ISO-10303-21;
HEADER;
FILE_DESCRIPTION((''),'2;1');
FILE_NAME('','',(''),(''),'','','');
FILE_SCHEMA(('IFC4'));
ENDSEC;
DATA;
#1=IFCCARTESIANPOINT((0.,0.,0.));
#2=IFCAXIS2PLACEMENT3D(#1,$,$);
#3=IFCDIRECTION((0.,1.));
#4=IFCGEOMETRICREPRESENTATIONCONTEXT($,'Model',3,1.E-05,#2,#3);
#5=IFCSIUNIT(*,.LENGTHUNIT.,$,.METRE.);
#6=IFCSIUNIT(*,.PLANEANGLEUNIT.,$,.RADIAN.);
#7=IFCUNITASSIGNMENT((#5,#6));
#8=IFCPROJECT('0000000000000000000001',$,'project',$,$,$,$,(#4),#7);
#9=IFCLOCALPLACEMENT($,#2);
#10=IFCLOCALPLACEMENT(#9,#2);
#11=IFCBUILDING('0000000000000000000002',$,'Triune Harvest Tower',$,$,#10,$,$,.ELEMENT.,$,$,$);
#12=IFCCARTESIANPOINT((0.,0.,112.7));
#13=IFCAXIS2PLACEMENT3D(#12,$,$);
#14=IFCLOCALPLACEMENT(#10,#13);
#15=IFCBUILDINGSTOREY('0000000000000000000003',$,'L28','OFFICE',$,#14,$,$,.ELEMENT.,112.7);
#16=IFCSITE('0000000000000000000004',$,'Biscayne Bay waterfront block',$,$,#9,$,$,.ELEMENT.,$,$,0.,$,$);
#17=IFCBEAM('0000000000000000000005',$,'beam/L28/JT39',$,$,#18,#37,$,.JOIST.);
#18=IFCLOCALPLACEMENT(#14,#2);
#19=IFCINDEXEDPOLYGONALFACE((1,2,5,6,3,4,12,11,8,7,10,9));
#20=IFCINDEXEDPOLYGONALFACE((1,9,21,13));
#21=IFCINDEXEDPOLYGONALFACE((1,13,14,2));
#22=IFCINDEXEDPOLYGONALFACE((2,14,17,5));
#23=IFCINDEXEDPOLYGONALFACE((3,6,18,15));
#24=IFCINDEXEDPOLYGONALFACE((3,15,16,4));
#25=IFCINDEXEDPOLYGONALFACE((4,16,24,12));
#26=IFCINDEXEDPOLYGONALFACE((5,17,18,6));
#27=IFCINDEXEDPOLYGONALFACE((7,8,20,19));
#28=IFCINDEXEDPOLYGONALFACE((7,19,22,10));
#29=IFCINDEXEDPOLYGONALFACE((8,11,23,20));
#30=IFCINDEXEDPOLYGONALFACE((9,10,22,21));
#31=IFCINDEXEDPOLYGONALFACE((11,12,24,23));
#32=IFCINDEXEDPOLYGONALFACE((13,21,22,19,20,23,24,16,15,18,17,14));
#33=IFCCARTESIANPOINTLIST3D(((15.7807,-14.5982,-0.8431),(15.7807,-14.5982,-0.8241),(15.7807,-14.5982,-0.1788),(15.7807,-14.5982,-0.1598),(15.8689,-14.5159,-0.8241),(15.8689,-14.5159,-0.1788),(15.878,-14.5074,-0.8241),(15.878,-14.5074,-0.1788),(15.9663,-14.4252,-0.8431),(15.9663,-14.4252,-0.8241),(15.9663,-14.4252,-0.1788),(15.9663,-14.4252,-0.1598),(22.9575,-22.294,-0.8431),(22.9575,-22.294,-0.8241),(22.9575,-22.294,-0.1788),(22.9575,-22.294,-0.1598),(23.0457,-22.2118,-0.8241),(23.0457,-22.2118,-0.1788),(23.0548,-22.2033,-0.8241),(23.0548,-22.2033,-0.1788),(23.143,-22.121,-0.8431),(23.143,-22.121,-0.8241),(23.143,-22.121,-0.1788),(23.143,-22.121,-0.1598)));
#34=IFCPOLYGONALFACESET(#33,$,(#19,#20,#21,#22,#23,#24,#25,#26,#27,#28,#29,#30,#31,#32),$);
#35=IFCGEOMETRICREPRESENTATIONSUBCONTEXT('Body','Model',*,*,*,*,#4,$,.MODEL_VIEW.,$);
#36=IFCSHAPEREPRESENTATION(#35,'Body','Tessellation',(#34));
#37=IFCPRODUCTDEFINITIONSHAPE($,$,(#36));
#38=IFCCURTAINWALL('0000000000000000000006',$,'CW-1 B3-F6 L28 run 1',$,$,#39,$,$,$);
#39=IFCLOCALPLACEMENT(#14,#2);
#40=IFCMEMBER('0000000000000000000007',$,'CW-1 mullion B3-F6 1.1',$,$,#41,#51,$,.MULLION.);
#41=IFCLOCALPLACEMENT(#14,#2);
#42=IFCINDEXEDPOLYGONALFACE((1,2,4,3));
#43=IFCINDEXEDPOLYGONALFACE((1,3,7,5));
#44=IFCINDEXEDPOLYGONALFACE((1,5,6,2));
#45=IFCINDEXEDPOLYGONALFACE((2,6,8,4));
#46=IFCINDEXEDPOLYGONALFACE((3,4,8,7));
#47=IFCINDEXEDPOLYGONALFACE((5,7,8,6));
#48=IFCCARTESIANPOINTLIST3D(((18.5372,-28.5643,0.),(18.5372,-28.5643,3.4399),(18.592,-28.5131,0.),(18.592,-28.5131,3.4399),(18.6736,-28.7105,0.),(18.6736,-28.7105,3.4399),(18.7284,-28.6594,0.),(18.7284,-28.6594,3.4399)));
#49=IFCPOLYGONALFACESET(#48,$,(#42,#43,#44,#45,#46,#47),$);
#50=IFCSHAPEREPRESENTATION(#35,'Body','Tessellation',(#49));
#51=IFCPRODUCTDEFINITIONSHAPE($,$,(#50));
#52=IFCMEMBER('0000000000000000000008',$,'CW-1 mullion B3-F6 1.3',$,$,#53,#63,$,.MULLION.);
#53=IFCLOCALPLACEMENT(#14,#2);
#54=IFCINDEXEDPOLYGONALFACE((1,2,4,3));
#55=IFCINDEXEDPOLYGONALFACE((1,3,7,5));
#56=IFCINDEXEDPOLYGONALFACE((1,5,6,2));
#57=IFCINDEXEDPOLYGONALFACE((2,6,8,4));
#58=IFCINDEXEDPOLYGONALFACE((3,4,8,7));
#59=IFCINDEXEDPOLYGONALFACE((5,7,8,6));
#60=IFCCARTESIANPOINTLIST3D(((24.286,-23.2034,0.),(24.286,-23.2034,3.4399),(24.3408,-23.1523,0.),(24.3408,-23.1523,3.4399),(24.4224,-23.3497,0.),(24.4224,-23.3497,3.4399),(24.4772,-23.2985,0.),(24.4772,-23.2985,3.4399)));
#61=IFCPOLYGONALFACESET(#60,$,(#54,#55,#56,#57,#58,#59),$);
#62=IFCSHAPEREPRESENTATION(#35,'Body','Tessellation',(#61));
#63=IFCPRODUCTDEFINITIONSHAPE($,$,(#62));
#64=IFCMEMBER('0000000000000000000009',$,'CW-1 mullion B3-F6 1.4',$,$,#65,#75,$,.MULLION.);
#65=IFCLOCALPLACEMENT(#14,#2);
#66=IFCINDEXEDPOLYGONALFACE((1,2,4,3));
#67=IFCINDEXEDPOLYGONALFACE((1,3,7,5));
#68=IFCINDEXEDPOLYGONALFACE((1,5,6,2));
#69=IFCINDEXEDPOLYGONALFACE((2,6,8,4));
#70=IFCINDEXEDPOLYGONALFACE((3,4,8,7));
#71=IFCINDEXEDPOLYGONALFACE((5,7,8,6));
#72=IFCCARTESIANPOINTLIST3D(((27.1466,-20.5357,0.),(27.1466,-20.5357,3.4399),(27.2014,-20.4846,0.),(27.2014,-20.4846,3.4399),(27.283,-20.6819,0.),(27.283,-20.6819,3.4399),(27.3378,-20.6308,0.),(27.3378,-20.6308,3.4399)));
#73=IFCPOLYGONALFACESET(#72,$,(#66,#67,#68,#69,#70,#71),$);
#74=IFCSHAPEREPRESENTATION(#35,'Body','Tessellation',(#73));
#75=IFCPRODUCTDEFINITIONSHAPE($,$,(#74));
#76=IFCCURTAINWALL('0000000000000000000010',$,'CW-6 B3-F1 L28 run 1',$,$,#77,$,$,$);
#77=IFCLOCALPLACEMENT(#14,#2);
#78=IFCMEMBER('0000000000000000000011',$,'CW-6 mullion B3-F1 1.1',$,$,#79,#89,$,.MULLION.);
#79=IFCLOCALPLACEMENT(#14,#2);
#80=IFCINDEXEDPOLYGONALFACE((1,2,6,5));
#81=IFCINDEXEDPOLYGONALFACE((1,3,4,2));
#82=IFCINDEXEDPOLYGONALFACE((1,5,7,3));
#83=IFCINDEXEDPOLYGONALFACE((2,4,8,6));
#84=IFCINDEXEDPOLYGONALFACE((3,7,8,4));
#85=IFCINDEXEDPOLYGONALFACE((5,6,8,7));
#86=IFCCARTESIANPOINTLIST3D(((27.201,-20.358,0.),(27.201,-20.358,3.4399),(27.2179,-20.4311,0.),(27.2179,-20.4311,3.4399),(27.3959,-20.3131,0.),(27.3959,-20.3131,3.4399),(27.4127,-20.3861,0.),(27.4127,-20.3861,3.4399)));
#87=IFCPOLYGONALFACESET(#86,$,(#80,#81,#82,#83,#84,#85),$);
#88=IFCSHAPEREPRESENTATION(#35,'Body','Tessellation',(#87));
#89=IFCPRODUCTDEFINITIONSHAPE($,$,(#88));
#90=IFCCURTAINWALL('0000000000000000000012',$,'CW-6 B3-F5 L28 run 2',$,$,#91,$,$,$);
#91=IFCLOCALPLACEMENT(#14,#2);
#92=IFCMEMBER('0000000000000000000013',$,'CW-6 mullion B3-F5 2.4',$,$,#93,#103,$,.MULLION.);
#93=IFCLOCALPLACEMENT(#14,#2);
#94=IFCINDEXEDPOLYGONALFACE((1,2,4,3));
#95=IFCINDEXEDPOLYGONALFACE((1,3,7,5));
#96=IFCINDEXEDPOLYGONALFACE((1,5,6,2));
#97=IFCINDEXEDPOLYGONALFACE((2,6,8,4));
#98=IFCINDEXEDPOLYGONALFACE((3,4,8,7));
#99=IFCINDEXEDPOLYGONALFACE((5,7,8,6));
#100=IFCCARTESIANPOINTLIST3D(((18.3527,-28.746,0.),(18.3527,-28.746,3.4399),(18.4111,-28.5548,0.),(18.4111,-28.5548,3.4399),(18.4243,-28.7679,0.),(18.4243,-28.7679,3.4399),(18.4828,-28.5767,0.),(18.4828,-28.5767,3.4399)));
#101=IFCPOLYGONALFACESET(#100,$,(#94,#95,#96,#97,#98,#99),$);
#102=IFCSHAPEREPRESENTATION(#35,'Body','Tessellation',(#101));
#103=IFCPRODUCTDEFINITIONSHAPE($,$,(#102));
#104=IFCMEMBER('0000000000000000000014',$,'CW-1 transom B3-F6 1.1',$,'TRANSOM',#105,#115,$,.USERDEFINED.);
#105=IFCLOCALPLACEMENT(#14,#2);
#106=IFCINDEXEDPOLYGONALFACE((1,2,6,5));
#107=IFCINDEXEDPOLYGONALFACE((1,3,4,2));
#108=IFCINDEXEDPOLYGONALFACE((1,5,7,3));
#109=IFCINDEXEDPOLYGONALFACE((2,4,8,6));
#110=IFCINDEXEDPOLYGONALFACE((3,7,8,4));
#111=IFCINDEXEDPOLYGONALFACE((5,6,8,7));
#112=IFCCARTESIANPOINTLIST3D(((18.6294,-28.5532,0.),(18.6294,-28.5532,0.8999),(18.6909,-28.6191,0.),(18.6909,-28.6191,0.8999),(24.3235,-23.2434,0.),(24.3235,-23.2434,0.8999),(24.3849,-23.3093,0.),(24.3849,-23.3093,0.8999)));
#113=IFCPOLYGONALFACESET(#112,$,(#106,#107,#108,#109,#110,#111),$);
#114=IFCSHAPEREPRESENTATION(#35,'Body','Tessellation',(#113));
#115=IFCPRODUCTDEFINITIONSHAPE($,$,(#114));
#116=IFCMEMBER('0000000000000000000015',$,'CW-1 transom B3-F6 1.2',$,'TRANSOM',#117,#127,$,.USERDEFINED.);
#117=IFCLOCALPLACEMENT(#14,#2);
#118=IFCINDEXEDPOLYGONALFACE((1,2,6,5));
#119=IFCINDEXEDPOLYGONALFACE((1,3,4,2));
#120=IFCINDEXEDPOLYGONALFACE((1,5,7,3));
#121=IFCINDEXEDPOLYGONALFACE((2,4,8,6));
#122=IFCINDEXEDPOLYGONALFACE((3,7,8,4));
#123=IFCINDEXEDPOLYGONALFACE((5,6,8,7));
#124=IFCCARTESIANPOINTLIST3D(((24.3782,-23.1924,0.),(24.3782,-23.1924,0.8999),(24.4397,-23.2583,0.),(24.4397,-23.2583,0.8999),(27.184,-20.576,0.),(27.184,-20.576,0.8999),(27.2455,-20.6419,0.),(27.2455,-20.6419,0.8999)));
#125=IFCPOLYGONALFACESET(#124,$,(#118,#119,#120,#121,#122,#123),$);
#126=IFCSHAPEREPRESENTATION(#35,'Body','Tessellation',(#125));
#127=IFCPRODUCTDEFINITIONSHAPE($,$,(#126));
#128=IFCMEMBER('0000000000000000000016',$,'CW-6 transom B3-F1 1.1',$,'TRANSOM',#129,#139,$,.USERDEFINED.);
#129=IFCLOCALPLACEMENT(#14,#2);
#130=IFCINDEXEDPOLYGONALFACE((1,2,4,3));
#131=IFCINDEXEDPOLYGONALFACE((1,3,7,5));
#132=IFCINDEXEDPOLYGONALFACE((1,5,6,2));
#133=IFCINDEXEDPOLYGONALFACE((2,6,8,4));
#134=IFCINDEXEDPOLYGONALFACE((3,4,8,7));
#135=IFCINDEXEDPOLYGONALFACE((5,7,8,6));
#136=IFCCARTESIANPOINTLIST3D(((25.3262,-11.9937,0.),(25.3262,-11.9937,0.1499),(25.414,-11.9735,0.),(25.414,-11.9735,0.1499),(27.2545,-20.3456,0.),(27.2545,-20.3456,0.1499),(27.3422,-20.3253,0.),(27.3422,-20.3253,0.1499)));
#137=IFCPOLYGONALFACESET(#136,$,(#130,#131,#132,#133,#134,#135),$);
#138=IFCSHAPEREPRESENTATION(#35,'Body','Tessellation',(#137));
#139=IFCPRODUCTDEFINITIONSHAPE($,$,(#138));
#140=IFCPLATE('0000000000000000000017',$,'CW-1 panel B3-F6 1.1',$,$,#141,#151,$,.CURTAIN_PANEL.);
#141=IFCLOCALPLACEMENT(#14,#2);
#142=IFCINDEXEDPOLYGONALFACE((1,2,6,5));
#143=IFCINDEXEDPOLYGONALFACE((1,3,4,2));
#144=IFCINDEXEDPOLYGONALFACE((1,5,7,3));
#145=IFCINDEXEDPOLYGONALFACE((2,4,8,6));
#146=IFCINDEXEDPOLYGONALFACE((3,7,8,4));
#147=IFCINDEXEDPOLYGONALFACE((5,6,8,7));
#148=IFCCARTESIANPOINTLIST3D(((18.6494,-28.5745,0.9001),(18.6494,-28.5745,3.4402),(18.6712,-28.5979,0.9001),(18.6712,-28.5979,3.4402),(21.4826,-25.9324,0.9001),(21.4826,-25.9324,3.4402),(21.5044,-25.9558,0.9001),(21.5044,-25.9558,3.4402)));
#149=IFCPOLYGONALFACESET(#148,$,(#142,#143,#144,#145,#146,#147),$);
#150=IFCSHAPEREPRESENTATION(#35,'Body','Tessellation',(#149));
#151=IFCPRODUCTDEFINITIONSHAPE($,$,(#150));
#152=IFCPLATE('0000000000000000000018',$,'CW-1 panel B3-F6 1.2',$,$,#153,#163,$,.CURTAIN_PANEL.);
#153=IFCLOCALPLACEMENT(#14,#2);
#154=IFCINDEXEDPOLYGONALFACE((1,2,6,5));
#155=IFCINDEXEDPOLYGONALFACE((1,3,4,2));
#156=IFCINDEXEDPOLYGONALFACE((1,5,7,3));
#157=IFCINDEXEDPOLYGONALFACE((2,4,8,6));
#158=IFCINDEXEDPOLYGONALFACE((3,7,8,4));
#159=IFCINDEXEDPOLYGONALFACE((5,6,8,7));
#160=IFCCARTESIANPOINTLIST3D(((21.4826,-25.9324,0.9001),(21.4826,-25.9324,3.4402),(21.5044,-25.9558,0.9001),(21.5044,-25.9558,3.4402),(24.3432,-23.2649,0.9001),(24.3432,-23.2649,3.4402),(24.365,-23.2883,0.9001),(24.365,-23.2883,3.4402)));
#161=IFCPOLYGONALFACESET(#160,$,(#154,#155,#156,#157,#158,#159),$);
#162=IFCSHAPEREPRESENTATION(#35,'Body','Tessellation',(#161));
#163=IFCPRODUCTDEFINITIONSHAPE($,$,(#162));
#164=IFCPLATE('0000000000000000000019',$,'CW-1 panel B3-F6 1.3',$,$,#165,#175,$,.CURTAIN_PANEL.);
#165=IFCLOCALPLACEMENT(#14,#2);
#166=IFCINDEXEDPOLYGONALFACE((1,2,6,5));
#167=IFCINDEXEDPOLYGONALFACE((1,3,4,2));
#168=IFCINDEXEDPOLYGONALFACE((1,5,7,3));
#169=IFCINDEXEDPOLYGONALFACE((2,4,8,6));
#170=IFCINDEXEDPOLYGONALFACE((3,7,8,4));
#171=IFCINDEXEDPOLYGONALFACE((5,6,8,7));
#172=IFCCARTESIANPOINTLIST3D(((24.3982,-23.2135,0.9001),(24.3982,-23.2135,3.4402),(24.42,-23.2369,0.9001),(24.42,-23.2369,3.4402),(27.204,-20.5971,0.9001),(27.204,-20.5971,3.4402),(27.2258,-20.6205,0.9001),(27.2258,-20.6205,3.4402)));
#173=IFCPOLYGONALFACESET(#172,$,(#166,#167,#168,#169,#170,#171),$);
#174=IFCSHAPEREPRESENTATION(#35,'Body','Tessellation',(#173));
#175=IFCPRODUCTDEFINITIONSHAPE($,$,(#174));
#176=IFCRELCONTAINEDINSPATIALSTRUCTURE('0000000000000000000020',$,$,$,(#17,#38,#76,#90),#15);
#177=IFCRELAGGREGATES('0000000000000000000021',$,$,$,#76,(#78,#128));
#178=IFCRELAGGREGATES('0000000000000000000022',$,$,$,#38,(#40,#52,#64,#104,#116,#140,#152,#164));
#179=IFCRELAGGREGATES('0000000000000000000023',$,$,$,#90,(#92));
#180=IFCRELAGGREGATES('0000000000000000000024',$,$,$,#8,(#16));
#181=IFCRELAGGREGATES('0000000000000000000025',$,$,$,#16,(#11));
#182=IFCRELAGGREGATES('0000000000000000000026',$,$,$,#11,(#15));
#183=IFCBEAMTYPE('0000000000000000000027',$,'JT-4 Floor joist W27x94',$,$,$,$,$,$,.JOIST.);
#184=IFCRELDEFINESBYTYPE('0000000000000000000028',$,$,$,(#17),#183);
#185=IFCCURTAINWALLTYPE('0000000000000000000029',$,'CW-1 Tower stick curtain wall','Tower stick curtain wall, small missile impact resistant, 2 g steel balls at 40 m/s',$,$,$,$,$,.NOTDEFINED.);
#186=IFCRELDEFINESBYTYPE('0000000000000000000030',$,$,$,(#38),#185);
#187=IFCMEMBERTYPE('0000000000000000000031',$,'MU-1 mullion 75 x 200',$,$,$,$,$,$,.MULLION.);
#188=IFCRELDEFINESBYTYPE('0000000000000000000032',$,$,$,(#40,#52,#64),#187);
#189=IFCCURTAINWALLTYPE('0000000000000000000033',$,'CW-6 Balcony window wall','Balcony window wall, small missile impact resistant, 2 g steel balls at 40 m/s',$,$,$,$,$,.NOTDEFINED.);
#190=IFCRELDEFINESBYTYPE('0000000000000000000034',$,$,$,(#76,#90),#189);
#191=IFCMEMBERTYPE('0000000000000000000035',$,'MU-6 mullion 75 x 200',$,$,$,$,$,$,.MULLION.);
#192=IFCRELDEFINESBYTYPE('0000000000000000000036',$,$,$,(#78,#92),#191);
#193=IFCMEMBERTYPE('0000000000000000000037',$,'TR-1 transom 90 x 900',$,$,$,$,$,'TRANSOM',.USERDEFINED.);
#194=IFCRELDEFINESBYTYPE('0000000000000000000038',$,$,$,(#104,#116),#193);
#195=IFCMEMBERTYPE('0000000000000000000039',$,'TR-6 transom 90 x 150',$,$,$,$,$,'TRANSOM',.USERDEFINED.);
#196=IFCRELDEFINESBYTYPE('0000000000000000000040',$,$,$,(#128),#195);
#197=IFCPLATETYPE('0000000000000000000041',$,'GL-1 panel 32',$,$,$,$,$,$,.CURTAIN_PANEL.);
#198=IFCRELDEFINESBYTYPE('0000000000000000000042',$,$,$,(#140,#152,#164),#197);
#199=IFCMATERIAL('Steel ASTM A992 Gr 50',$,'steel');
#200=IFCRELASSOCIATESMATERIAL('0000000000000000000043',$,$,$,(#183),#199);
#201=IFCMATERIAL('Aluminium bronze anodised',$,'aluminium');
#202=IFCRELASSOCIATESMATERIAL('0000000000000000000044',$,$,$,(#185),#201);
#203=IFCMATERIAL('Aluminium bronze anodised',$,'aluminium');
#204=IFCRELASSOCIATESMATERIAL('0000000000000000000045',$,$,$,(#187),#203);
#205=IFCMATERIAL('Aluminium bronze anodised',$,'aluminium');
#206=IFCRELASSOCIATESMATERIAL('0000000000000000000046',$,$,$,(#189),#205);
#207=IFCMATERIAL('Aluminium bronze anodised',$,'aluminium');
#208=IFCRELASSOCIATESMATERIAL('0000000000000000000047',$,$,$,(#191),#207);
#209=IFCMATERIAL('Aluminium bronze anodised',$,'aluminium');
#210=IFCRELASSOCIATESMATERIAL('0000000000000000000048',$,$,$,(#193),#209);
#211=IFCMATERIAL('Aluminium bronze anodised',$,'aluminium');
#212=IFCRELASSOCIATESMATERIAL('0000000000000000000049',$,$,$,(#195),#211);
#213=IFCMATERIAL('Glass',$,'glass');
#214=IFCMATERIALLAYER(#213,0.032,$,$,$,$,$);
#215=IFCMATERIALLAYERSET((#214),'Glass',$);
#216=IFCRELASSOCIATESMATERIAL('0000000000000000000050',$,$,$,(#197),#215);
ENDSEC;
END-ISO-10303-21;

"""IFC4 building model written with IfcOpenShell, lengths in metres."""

from ifc_helpers import new_model, si_unit, direction, frame, origin, origin_2d, place, context, subcontext, project, spatial, rectangle, i_section, extrude, source, transform, mapped, material, layer, layer_set, material_profile, profile_set, type_object, element, aggregate, save


model = new_model("IFC4")

# Units and contexts
model_context = context("Model", 3, precision=1e-05, world=origin(), true_north=direction((0.0, 1.0)))
body_context = subcontext(model_context, "Body", "Model", "MODEL_VIEW")
ifc_project = project(units=[si_unit("LENGTHUNIT", "METRE"), si_unit("PLANEANGLEUNIT", "RADIAN")], contexts=[model_context])

# Site, building, storey
site_placement = place(None, origin())
site = spatial("IfcSite", under=ifc_project, at=site_placement, Name="Biscayne Bay waterfront block", CompositionType="ELEMENT", RefElevation=0.0)
building_placement = place(site_placement, origin())
building = spatial("IfcBuilding", under=site, at=building_placement, Name="Triune Harvest Tower", CompositionType="ELEMENT")
storey_placement = place(building_placement, frame((0.0, 0.0, 112.7)))
storey = spatial("IfcBuildingStorey", under=building, at=storey_placement, Name="L28", Description="OFFICE", CompositionType="ELEMENT", Elevation=112.7)

# Beam
ifc_material_1 = material(Name="Steel ASTM A992 Gr 50", Category="steel")
ifc_material_profile_1 = material_profile(ifc_material_1, i_section(OverallWidth=0.2537, OverallDepth=0.6833, WebThickness=0.0125, FlangeThickness=0.019, at=origin_2d()), Name="W27x94")
ifc_profile_set_1 = profile_set([ifc_material_profile_1], Name="Steel ASTM A992 Gr 50")
beam_type_1 = type_object("IfcBeamType", Name="JT-4 Floor joist W27x94", PredefinedType="JOIST", material=ifc_profile_set_1)
shared_shape_1 = source(origin(), body_context, "Body", "SweptSolid", [
    extrude(i_section(OverallWidth=0.2537, OverallDepth=0.6833, WebThickness=0.0125, FlangeThickness=0.019, at=origin_2d()), origin(), (0.0, 0.0, 1.0), 10.5229),
])
beam_1_placement = place(storey_placement, frame((23.0503, -22.2075, -0.5015), z_axis=(-0.682014, 0.731339, 0.0), x_axis=(-0.731339, -0.682014, 0.0)))
element("IfcBeam", 1, at=beam_1_placement, inside=storey, type_object=beam_type_1, Name="beam/L28/JT39", PredefinedType="JOIST", context=body_context, shape_type="MappedRepresentation", body=[
    mapped(shared_shape_1, transform((0.0, 0.0, 0.0), scale=1.0)),
])

# Curtain wall, members
ifc_material_2 = material(Name="Aluminium bronze anodised", Category="aluminium")
curtain_wall_type_1 = type_object("IfcCurtainWallType", Name="CW-1 Tower stick curtain wall", Description="Tower stick curtain wall, small missile impact resistant, 2 g steel balls at 40 m/s", PredefinedType="NOTDEFINED", material=ifc_material_2)
curtain_wall_1_placement = place(storey_placement, origin())
curtain_wall_1 = element("IfcCurtainWall", 2, at=curtain_wall_1_placement, inside=storey, type_object=curtain_wall_type_1, Name="CW-1 B3-F6 L28 run 1")
ifc_material_3 = material(Name="Aluminium bronze anodised", Category="aluminium")
ifc_material_profile_2 = material_profile(ifc_material_3, rectangle(XDim=0.2, YDim=0.075, at=origin_2d()), Name="MU-1 mullion 75 x 200")
ifc_profile_set_2 = profile_set([ifc_material_profile_2], Name="Aluminium bronze anodised")
member_type_1 = type_object("IfcMemberType", Name="MU-1 mullion 75 x 200", PredefinedType="MULLION", material=ifc_profile_set_2)
shared_shape_2 = source(origin(), body_context, "Body", "SweptSolid", [
    extrude(rectangle(XDim=0.2, YDim=0.075, at=origin_2d()), origin(), (0.0, 0.0, 1.0), 3.4399),
])
member_1_placement = place(storey_placement, frame((18.6328, -28.6118, 0.0), z_axis=(0.0, 0.0, 1.0), x_axis=(-0.682002, 0.73135, 0.0)))
member_1 = element("IfcMember", 3, at=member_1_placement, type_object=member_type_1, Name="CW-1 mullion B3-F6 1.1", PredefinedType="MULLION", context=body_context, shape_type="MappedRepresentation", body=[
    mapped(shared_shape_2, transform((0.0, 0.0, 0.0), scale=1.0)),
])
member_2_placement = place(storey_placement, frame((24.3816, -23.251, 0.0), z_axis=(0.0, 0.0, 1.0), x_axis=(-0.682002, 0.73135, 0.0)))
member_2 = element("IfcMember", 4, at=member_2_placement, type_object=member_type_1, Name="CW-1 mullion B3-F6 1.3", PredefinedType="MULLION", context=body_context, shape_type="MappedRepresentation", body=[
    mapped(shared_shape_2, transform((0.0, 0.0, 0.0), scale=1.0)),
])
member_3_placement = place(storey_placement, frame((27.2422, -20.5833, 0.0), z_axis=(0.0, 0.0, 1.0), x_axis=(-0.682002, 0.73135, 0.0)))
member_3 = element("IfcMember", 5, at=member_3_placement, type_object=member_type_1, Name="CW-1 mullion B3-F6 1.4", PredefinedType="MULLION", context=body_context, shape_type="MappedRepresentation", body=[
    mapped(shared_shape_2, transform((0.0, 0.0, 0.0), scale=1.0)),
])

# Curtain walls, members
ifc_material_4 = material(Name="Aluminium bronze anodised", Category="aluminium")
curtain_wall_type_2 = type_object("IfcCurtainWallType", Name="CW-6 Balcony window wall", Description="Balcony window wall, small missile impact resistant, 2 g steel balls at 40 m/s", PredefinedType="NOTDEFINED", material=ifc_material_4)
curtain_wall_2_placement = place(storey_placement, origin())
curtain_wall_2 = element("IfcCurtainWall", 6, at=curtain_wall_2_placement, inside=storey, type_object=curtain_wall_type_2, Name="CW-6 B3-F1 L28 run 1")
ifc_material_5 = material(Name="Aluminium bronze anodised", Category="aluminium")
ifc_material_profile_3 = material_profile(ifc_material_5, rectangle(XDim=0.2, YDim=0.075, at=origin_2d()), Name="MU-6 mullion 75 x 200")
ifc_profile_set_3 = profile_set([ifc_material_profile_3], Name="Aluminium bronze anodised")
member_type_2 = type_object("IfcMemberType", Name="MU-6 mullion 75 x 200", PredefinedType="MULLION", material=ifc_profile_set_3)
shared_shape_3 = source(origin(), body_context, "Body", "SweptSolid", [
    extrude(rectangle(XDim=0.2, YDim=0.075, at=origin_2d()), origin(), (0.0, 0.0, 1.0), 3.4399),
])
member_4_placement = place(storey_placement, frame((27.3069, -20.3721, 0.0), z_axis=(0.0, 0.0, 1.0), x_axis=(-0.97437, -0.22495, 0.0)))
member_4 = element("IfcMember", 7, at=member_4_placement, type_object=member_type_2, Name="CW-6 mullion B3-F1 1.1", PredefinedType="MULLION", context=body_context, shape_type="MappedRepresentation", body=[
    mapped(shared_shape_3, transform((0.0, 0.0, 0.0), scale=1.0)),
])
curtain_wall_3_placement = place(storey_placement, origin())
curtain_wall_3 = element("IfcCurtainWall", 8, at=curtain_wall_3_placement, inside=storey, type_object=curtain_wall_type_2, Name="CW-6 B3-F5 L28 run 2")
member_5_placement = place(storey_placement, frame((18.4177, -28.6614, 0.0), z_axis=(0.0, 0.0, 1.0), x_axis=(0.292373, 0.956304, 0.0)))
member_5 = element("IfcMember", 9, at=member_5_placement, type_object=member_type_2, Name="CW-6 mullion B3-F5 2.4", PredefinedType="MULLION", context=body_context, shape_type="MappedRepresentation", body=[
    mapped(shared_shape_3, transform((0.0, 0.0, 0.0), scale=1.0)),
])

# Members
ifc_material_6 = material(Name="Aluminium bronze anodised", Category="aluminium")
ifc_material_profile_4 = material_profile(ifc_material_6, rectangle(XDim=0.0901, YDim=0.8999, at=origin_2d()), Name="TR-1 transom 90 x 900")
ifc_profile_set_4 = profile_set([ifc_material_profile_4], Name="Aluminium bronze anodised")
member_type_3 = type_object("IfcMemberType", Name="TR-1 transom 90 x 900", ElementType="TRANSOM", PredefinedType="USERDEFINED", material=ifc_profile_set_4)
shared_shape_4 = source(origin(), body_context, "Body", "SweptSolid", [
    extrude(rectangle(XDim=0.0901, YDim=0.8999, at=origin_2d()), origin(), (0.0, 0.0, 1.0), 7.7856),
])
member_6_placement = place(storey_placement, frame((18.6602, -28.5862, 0.45), z_axis=(0.731354, 0.681998, 0.0), x_axis=(-0.681998, 0.731354, 0.0)))
member_6 = element("IfcMember", 10, at=member_6_placement, type_object=member_type_3, Name="CW-1 transom B3-F6 1.1", ObjectType="TRANSOM", PredefinedType="USERDEFINED", context=body_context, shape_type="MappedRepresentation", body=[
    mapped(shared_shape_4, transform((0.0, 0.0, 0.0), scale=1.0)),
])
shared_shape_5 = source(origin(), body_context, "Body", "SweptSolid", [
    extrude(rectangle(XDim=0.0901, YDim=0.8999, at=origin_2d()), origin(), (0.0, 0.0, 1.0), 3.8364),
])
member_7_placement = place(storey_placement, frame((24.4089, -23.2253, 0.45), z_axis=(0.731366, 0.681985, 0.0), x_axis=(-0.681985, 0.731366, 0.0)))
member_7 = element("IfcMember", 11, at=member_7_placement, type_object=member_type_3, Name="CW-1 transom B3-F6 1.2", ObjectType="TRANSOM", PredefinedType="USERDEFINED", context=body_context, shape_type="MappedRepresentation", body=[
    mapped(shared_shape_5, transform((0.0, 0.0, 0.0), scale=1.0)),
])
ifc_material_7 = material(Name="Aluminium bronze anodised", Category="aluminium")
ifc_material_profile_5 = material_profile(ifc_material_7, rectangle(XDim=0.0901, YDim=0.1499, at=origin_2d()), Name="TR-6 transom 90 x 150")
ifc_profile_set_5 = profile_set([ifc_material_profile_5], Name="Aluminium bronze anodised")
member_type_4 = type_object("IfcMemberType", Name="TR-6 transom 90 x 150", ElementType="TRANSOM", PredefinedType="USERDEFINED", material=ifc_profile_set_5)
shared_shape_6 = source(origin(), body_context, "Body", "SweptSolid", [
    extrude(rectangle(XDim=0.0901, YDim=0.1499, at=origin_2d()), origin(), (0.0, 0.0, 1.0), 8.5715),
])
member_8_placement = place(storey_placement, frame((27.2983, -20.3354, 0.075), z_axis=(-0.224957, 0.974369, 0.0), x_axis=(-0.974369, -0.224957, 0.0)))
member_8 = element("IfcMember", 12, at=member_8_placement, type_object=member_type_4, Name="CW-6 transom B3-F1 1.1", ObjectType="TRANSOM", PredefinedType="USERDEFINED", context=body_context, shape_type="MappedRepresentation", body=[
    mapped(shared_shape_6, transform((0.0, 0.0, 0.0), scale=1.0)),
])
aggregate(curtain_wall_2, [member_4, member_8])

# Plates
ifc_material_8 = material(Name="Glass", Category="glass")
ifc_layer_1 = layer(ifc_material_8, 0.032)
ifc_layer_set_1 = layer_set([ifc_layer_1], Name="Glass")
plate_type_1 = type_object("IfcPlateType", Name="GL-1 panel 32", PredefinedType="CURTAIN_PANEL", material=ifc_layer_set_1)
shared_shape_7 = source(origin(), body_context, "Body", "SweptSolid", [
    extrude(rectangle(XDim=3.874, YDim=0.032, at=origin_2d()), origin(), (0.0, 0.0, 1.0), 2.54),
])
plate_1_placement = place(storey_placement, frame((20.0769, -27.2651, 0.9001), z_axis=(0.0, 0.0, 1.0), x_axis=(0.73135, 0.682002, 0.0)))
plate_1 = element("IfcPlate", 13, at=plate_1_placement, type_object=plate_type_1, Name="CW-1 panel B3-F6 1.1", PredefinedType="CURTAIN_PANEL", context=body_context, shape_type="MappedRepresentation", body=[
    mapped(shared_shape_7, transform((0.0, 0.0, 0.0), scale=1.0)),
])
shared_shape_8 = source(origin(), body_context, "Body", "SweptSolid", [
    extrude(rectangle(XDim=3.9114, YDim=0.032, at=origin_2d()), origin(), (0.0, 0.0, 1.0), 2.54),
])
plate_2_placement = place(storey_placement, frame((22.9238, -24.6104, 0.9001), z_axis=(0.0, 0.0, 1.0), x_axis=(0.73135, 0.682002, 0.0)))
plate_2 = element("IfcPlate", 14, at=plate_2_placement, type_object=plate_type_1, Name="CW-1 panel B3-F6 1.2", PredefinedType="CURTAIN_PANEL", context=body_context, shape_type="MappedRepresentation", body=[
    mapped(shared_shape_8, transform((0.0, 0.0, 0.0), scale=1.0)),
])
shared_shape_9 = source(origin(), body_context, "Body", "SweptSolid", [
    extrude(rectangle(XDim=3.8364, YDim=0.032, at=origin_2d()), origin(), (0.0, 0.0, 1.0), 2.54),
])
plate_3_placement = place(storey_placement, frame((25.812, -21.917, 0.9001), z_axis=(0.0, 0.0, 1.0), x_axis=(0.73135, 0.682002, 0.0)))
plate_3 = element("IfcPlate", 15, at=plate_3_placement, type_object=plate_type_1, Name="CW-1 panel B3-F6 1.3", PredefinedType="CURTAIN_PANEL", context=body_context, shape_type="MappedRepresentation", body=[
    mapped(shared_shape_9, transform((0.0, 0.0, 0.0), scale=1.0)),
])
aggregate(curtain_wall_1, [member_1, member_2, member_3, member_6, member_7, plate_1, plate_2, plate_3])
aggregate(curtain_wall_3, [member_5])

save(model, "model.ifc")
